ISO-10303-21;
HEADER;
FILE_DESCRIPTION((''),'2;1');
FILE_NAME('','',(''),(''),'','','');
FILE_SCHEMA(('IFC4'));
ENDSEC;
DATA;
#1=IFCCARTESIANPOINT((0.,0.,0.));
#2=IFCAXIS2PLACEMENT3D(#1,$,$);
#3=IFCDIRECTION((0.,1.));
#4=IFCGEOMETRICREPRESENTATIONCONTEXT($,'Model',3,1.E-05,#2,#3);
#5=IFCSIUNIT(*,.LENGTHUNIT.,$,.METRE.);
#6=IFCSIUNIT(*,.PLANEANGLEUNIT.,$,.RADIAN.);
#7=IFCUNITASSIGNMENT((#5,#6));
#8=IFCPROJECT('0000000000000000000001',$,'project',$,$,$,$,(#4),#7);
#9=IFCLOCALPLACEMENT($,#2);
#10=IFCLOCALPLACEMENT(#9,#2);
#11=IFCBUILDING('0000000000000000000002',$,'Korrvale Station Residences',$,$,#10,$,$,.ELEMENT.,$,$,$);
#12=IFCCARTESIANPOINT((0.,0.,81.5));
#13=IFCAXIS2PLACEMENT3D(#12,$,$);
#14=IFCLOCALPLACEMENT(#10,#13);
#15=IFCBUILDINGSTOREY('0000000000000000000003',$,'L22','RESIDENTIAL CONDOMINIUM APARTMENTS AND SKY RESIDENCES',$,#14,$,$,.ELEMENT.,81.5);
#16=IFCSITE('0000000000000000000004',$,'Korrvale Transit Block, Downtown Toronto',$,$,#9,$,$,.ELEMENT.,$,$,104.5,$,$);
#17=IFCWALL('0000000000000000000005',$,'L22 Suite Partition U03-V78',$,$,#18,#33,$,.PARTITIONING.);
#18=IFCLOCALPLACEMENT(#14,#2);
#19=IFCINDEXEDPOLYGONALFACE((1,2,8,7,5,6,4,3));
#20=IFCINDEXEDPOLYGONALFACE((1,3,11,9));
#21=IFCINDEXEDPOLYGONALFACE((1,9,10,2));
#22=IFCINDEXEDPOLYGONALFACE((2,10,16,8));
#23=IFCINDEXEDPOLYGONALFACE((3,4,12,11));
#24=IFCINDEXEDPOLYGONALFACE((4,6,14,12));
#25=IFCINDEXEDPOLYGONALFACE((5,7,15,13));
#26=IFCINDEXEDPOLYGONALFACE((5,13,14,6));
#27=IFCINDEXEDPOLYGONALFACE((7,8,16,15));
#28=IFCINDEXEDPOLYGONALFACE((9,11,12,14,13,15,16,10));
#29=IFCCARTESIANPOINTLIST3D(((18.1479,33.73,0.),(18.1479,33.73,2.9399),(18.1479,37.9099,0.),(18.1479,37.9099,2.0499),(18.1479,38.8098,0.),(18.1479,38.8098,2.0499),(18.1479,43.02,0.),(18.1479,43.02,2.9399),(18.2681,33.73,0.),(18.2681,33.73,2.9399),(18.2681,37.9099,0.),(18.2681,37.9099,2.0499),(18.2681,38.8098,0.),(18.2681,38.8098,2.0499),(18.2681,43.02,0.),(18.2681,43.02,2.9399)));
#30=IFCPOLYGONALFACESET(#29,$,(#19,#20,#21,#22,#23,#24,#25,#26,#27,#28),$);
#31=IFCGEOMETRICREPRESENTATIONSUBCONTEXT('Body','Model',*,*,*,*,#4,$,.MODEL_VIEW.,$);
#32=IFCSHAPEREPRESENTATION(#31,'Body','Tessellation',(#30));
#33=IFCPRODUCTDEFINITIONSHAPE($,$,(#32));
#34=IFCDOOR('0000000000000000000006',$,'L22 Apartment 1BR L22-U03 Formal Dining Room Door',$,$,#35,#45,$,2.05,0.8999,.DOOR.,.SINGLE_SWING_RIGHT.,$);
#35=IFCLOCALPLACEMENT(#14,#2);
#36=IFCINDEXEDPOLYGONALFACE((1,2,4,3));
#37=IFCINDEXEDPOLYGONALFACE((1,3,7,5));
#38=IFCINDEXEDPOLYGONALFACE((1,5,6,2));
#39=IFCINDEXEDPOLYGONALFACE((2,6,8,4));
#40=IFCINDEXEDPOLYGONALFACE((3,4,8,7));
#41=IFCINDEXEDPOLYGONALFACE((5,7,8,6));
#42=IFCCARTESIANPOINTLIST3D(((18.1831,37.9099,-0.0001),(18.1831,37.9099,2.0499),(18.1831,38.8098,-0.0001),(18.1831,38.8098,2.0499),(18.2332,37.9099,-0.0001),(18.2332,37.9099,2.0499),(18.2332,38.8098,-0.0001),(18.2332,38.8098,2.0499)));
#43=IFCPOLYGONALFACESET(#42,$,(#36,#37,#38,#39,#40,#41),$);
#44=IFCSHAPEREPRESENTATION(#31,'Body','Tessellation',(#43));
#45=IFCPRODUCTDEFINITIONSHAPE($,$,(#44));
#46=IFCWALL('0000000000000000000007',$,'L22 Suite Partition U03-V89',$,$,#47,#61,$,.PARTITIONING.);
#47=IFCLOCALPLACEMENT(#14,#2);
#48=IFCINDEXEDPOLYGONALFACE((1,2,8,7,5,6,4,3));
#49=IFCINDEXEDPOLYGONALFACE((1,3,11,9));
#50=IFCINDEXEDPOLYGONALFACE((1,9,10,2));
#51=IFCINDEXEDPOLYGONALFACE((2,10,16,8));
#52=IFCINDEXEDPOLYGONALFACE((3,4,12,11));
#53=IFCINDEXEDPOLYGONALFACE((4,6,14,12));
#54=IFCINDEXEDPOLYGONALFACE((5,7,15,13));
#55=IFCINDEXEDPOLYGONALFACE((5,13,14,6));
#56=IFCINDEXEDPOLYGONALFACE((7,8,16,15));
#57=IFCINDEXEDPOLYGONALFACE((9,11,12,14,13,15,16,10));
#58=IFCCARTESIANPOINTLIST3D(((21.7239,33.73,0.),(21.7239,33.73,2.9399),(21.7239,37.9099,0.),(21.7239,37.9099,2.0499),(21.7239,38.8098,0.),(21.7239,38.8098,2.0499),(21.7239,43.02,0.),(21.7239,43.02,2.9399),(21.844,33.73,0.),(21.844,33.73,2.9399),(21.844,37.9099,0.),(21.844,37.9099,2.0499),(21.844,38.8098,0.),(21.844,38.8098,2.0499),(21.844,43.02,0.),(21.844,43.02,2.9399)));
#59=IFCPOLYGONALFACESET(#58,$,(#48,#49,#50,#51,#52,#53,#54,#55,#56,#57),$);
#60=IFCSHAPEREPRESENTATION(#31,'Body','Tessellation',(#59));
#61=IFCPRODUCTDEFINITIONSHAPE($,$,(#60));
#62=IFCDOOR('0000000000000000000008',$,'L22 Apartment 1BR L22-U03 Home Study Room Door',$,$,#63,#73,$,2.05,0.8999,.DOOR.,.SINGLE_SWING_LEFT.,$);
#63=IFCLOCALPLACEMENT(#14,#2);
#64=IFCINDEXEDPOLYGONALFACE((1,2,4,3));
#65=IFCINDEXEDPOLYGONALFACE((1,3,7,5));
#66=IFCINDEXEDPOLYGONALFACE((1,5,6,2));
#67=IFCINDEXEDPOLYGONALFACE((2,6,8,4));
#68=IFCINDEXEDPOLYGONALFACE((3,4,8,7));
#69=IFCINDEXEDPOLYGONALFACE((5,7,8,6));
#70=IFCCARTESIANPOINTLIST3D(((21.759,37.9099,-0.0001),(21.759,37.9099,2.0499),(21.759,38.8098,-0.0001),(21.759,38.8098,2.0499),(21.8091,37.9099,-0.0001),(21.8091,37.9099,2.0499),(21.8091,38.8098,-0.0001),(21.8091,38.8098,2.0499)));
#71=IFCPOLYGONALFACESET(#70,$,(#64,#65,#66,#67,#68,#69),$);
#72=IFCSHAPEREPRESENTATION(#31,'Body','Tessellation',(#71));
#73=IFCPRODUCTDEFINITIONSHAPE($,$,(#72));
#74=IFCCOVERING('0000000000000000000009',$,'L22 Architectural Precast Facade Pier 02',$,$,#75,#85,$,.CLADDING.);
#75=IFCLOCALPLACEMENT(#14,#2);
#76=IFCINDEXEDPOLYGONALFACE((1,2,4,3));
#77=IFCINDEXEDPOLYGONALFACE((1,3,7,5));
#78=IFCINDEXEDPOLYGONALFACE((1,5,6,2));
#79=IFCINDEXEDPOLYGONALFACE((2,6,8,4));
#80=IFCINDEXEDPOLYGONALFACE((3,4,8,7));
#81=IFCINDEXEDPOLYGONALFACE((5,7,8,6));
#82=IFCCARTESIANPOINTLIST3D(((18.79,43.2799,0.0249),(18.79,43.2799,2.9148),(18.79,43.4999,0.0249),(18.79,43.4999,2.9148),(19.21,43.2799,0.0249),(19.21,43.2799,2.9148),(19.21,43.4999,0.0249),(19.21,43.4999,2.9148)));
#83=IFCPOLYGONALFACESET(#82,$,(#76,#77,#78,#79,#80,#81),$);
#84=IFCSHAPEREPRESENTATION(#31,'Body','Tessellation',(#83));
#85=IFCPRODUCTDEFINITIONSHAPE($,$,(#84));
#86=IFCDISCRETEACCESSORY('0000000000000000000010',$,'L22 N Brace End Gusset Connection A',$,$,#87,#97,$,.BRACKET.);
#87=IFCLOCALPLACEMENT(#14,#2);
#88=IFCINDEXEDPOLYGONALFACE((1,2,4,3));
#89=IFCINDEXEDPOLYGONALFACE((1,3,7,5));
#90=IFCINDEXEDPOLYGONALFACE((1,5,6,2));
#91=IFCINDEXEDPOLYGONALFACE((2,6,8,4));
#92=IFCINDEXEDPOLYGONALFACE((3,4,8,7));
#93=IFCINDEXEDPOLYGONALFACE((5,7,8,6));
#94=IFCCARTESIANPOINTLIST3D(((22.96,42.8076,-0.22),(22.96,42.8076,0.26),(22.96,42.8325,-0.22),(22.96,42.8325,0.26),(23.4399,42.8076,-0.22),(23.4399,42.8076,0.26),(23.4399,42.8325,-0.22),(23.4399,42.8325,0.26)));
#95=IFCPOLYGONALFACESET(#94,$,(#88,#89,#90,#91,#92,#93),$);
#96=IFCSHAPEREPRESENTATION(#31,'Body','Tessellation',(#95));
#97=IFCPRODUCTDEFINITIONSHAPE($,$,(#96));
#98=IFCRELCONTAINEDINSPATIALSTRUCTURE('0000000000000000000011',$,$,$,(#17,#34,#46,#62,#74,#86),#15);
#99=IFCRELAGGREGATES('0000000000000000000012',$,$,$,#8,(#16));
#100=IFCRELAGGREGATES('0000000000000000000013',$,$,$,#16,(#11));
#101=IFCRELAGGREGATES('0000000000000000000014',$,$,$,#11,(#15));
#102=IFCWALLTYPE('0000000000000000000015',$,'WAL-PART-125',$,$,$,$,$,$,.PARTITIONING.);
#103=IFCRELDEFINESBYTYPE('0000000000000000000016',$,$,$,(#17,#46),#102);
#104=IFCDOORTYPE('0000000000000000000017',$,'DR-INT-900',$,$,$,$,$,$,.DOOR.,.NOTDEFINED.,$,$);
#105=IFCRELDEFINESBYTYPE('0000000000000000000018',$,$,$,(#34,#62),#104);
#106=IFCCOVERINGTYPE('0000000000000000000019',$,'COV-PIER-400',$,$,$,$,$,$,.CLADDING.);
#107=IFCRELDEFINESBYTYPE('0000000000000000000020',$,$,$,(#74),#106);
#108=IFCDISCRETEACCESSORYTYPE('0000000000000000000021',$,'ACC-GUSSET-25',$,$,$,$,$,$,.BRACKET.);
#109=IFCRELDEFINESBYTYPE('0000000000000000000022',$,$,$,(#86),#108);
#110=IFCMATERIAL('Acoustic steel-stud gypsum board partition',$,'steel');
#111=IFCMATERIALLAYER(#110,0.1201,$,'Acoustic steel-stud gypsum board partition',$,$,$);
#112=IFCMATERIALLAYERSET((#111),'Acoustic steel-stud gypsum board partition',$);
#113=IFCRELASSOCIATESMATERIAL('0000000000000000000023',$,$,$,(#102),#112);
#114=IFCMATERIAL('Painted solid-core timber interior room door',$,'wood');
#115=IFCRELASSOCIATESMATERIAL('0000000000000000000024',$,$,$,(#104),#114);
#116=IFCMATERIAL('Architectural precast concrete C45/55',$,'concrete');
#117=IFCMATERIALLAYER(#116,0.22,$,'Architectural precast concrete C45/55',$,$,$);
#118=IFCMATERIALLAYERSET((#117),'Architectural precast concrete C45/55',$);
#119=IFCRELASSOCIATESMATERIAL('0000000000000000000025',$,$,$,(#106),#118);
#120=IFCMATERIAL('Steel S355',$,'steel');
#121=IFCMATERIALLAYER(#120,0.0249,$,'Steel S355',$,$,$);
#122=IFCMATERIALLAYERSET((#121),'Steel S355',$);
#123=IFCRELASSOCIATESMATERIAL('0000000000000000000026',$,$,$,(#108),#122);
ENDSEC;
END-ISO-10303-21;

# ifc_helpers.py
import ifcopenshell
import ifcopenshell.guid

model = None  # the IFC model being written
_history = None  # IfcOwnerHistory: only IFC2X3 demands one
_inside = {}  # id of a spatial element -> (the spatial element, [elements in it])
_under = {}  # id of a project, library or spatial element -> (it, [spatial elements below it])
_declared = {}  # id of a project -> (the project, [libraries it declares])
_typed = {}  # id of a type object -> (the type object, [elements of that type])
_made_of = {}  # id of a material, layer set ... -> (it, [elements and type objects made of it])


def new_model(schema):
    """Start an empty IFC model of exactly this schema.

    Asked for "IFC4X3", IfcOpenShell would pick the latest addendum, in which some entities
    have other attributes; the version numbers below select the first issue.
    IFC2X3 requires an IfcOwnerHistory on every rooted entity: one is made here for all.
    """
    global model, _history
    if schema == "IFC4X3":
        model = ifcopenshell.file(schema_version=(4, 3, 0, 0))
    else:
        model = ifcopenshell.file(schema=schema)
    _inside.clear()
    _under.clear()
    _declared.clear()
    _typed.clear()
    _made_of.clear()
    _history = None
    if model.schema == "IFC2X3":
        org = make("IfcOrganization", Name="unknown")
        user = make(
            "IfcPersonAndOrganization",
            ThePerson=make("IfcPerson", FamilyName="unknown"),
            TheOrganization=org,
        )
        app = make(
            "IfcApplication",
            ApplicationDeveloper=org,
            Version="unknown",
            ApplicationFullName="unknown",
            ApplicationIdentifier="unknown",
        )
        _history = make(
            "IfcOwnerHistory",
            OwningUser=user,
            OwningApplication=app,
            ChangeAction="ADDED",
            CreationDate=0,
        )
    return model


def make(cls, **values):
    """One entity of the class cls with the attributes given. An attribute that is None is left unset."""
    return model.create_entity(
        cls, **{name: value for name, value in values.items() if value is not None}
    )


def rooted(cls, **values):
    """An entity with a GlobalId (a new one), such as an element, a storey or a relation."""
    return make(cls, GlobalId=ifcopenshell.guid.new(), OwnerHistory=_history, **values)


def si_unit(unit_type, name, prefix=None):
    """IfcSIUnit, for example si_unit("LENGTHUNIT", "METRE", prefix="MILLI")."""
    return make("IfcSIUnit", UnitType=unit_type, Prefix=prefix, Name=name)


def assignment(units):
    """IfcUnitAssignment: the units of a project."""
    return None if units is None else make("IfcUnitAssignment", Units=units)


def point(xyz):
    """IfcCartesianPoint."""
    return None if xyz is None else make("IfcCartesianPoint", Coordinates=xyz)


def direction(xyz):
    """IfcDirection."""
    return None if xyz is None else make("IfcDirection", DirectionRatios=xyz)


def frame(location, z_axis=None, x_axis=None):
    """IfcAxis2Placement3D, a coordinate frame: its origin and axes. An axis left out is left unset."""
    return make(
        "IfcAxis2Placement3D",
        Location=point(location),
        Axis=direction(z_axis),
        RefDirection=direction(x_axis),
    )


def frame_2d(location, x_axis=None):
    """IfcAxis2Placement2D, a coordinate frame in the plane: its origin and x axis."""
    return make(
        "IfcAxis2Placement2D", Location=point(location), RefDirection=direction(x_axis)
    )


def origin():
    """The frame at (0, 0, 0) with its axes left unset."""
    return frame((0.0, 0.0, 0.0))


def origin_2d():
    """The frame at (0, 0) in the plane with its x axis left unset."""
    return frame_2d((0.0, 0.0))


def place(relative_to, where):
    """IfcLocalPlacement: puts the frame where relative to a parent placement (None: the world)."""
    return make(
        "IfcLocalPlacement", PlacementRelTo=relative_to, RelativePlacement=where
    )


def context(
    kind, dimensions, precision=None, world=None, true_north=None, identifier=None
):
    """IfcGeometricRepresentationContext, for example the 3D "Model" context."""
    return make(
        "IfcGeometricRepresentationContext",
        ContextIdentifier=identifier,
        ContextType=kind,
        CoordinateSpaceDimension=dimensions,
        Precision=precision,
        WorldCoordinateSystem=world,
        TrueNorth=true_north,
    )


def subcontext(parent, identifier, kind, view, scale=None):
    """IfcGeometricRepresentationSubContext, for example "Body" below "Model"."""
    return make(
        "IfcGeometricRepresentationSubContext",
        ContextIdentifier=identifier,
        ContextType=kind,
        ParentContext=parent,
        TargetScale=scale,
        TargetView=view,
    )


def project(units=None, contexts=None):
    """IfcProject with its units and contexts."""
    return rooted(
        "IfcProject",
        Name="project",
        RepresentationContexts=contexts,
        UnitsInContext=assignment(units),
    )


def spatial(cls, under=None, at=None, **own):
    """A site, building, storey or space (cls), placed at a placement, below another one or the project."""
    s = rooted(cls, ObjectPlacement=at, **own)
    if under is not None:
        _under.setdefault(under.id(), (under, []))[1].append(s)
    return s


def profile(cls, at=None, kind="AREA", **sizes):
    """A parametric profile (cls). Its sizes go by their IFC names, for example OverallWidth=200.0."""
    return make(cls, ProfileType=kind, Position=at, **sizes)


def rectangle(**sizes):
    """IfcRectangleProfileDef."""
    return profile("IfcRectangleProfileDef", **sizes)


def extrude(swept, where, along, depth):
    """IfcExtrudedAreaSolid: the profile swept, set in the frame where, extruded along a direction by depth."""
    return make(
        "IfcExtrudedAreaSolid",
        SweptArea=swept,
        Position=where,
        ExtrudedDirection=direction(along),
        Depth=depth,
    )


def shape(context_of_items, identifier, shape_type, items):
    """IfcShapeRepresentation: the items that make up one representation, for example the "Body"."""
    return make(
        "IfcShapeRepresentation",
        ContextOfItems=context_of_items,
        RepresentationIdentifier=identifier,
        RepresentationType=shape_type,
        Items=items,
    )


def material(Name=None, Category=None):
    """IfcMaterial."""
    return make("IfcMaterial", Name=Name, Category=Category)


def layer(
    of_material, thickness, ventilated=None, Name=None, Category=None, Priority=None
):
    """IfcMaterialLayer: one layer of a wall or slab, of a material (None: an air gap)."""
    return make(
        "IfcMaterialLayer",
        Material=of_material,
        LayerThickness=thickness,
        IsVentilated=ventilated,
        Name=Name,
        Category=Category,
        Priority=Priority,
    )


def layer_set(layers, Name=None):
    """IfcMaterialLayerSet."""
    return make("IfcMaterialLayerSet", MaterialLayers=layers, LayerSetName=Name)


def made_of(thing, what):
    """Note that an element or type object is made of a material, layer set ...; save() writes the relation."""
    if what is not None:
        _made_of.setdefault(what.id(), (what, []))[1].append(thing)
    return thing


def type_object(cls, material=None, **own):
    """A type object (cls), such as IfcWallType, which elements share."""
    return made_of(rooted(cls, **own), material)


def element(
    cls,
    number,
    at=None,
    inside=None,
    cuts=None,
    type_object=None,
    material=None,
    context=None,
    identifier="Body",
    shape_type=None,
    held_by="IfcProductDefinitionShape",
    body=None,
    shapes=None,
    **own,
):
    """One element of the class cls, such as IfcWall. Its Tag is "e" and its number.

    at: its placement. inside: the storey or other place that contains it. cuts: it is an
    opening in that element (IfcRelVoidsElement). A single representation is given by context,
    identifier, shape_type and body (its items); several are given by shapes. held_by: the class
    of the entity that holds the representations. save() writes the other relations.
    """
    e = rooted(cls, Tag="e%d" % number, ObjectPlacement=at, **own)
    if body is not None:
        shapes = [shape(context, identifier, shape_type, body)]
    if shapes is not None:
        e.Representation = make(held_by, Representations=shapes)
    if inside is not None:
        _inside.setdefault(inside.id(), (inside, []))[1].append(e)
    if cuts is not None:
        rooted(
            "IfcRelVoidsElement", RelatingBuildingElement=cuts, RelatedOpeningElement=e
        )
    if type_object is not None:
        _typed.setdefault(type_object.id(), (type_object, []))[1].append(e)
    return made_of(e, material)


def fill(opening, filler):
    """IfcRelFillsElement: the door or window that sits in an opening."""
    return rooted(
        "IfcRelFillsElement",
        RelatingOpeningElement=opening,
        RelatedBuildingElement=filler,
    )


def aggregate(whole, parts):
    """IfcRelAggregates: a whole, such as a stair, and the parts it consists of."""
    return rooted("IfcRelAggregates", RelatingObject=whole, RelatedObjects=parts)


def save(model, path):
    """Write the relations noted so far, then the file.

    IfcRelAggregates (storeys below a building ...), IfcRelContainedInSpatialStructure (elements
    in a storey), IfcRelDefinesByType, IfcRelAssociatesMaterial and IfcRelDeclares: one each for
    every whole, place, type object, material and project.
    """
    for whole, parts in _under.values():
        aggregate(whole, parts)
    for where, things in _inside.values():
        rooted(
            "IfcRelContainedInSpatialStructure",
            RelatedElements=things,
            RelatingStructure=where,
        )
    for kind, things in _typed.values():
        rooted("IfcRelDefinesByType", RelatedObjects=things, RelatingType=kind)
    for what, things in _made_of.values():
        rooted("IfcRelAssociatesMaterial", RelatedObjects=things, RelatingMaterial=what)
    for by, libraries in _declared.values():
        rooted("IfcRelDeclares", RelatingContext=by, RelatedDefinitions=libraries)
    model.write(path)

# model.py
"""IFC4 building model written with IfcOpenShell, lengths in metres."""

from ifc_helpers import new_model, si_unit, direction, frame, frame_2d, origin, origin_2d, place, context, subcontext, project, spatial, rectangle, extrude, material, layer, layer_set, type_object, element, fill, save


model = new_model("IFC4")

# Units and contexts
model_context = context("Model", 3, precision=1e-05, world=origin(), true_north=direction((0.0, 1.0)))
body_context = subcontext(model_context, "Body", "Model", "MODEL_VIEW")
ifc_project = project(units=[si_unit("LENGTHUNIT", "METRE"), si_unit("PLANEANGLEUNIT", "RADIAN")], contexts=[model_context])

# Site, building, storey
site_placement = place(None, origin())
site = spatial("IfcSite", under=ifc_project, at=site_placement, Name="Korrvale Transit Block, Downtown Toronto", CompositionType="ELEMENT", RefElevation=104.5)
building_placement = place(site_placement, origin())
building = spatial("IfcBuilding", under=site, at=building_placement, Name="Korrvale Station Residences", CompositionType="ELEMENT")
storey_placement = place(building_placement, frame((0.0, 0.0, 81.5)))
storey = spatial("IfcBuildingStorey", under=building, at=storey_placement, Name="L22", Description="RESIDENTIAL CONDOMINIUM APARTMENTS AND SKY RESIDENCES", CompositionType="ELEMENT", Elevation=81.5)

# Shared definitions
ifc_material_1 = material(Name="Steel S355", Category="steel")

# Walls, openings, doors
ifc_material_2 = material(Name="Acoustic steel-stud gypsum board partition", Category="steel")
ifc_layer_1 = layer(ifc_material_2, 0.1201, Name="Acoustic steel-stud gypsum board partition")
ifc_layer_set_1 = layer_set([ifc_layer_1], Name="Acoustic steel-stud gypsum board partition")
wall_type = type_object("IfcWallType", Name="WAL-PART-125", PredefinedType="PARTITIONING", material=ifc_layer_set_1)
wall_1_placement = place(storey_placement, frame((18.208, 33.73, 0.0), z_axis=(0.0, 0.0, 1.0), x_axis=(0.0, 1.0, 0.0)))
wall_1 = element("IfcWall", 1, at=wall_1_placement, inside=storey, type_object=wall_type, Name="L22 Suite Partition U03-V78", PredefinedType="PARTITIONING", context=body_context, shape_type="SweptSolid", body=[
    extrude(rectangle(XDim=9.29, YDim=0.1201, at=frame_2d((4.645, 0.0))), origin(), (0.0, 0.0, 1.0), 2.9399),
])
opening_1_placement = place(wall_1_placement, frame((4.1799, 0.0, 0.0)))
opening_1 = element("IfcOpeningElement", 2, at=opening_1_placement, cuts=wall_1, PredefinedType="OPENING", context=body_context, shape_type="SweptSolid", body=[
    extrude(rectangle(XDim=0.8999, YDim=2.05, at=frame_2d((0.45, 1.0249))), frame((0.0, 0.0701, 0.0), z_axis=(0.0, -1.0, 0.0), x_axis=(1.0, 0.0, 0.0)), (0.0, 0.0, 1.0), 0.1401),
])
ifc_material_3 = material(Name="Painted solid-core timber interior room door", Category="wood")
door_type = type_object("IfcDoorType", Name="DR-INT-900", OperationType="NOTDEFINED", PredefinedType="DOOR", material=ifc_material_3)
door_1_placement = place(opening_1_placement, origin())
door_1 = element("IfcDoor", 3, at=door_1_placement, inside=storey, type_object=door_type, Name="L22 Apartment 1BR L22-U03 Formal Dining Room Door", OperationType="SINGLE_SWING_RIGHT", OverallHeight=2.05, OverallWidth=0.8999, PredefinedType="DOOR", context=body_context, shape_type="SweptSolid", body=[
    extrude(rectangle(XDim=0.8999, YDim=2.05, at=frame_2d((0.45, 1.0249))), frame((0.0, 0.0249, 0.0), z_axis=(0.0, -1.0, 0.0), x_axis=(1.0, 0.0, 0.0)), (0.0, 0.0, 1.0), 0.05),
])
fill(opening_1, door_1)
wall_2_placement = place(storey_placement, frame((21.7839, 33.73, 0.0), z_axis=(0.0, 0.0, 1.0), x_axis=(0.0, 1.0, 0.0)))
wall_2 = element("IfcWall", 4, at=wall_2_placement, inside=storey, type_object=wall_type, Name="L22 Suite Partition U03-V89", PredefinedType="PARTITIONING", context=body_context, shape_type="SweptSolid", body=[
    extrude(rectangle(XDim=9.29, YDim=0.1201, at=frame_2d((4.645, 0.0))), origin(), (0.0, 0.0, 1.0), 2.9399),
])
opening_2_placement = place(wall_2_placement, frame((4.1799, 0.0, 0.0)))
opening_2 = element("IfcOpeningElement", 5, at=opening_2_placement, cuts=wall_2, PredefinedType="OPENING", context=body_context, shape_type="SweptSolid", body=[
    extrude(rectangle(XDim=0.8999, YDim=2.05, at=frame_2d((0.45, 1.0249))), frame((0.0, 0.0701, 0.0), z_axis=(0.0, -1.0, 0.0), x_axis=(1.0, 0.0, 0.0)), (0.0, 0.0, 1.0), 0.1401),
])
door_2_placement = place(opening_2_placement, origin())
door_2 = element("IfcDoor", 6, at=door_2_placement, inside=storey, type_object=door_type, Name="L22 Apartment 1BR L22-U03 Home Study Room Door", OperationType="SINGLE_SWING_LEFT", OverallHeight=2.05, OverallWidth=0.8999, PredefinedType="DOOR", context=body_context, shape_type="SweptSolid", body=[
    extrude(rectangle(XDim=0.8999, YDim=2.05, at=frame_2d((0.45, 1.0249))), frame((0.0, 0.0249, 0.0), z_axis=(0.0, -1.0, 0.0), x_axis=(1.0, 0.0, 0.0)), (0.0, 0.0, 1.0), 0.05),
])
fill(opening_2, door_2)

# Covering
ifc_material_4 = material(Name="Architectural precast concrete C45/55", Category="concrete")
ifc_layer_2 = layer(ifc_material_4, 0.22, Name="Architectural precast concrete C45/55")
ifc_layer_set_2 = layer_set([ifc_layer_2], Name="Architectural precast concrete C45/55")
covering_type = type_object("IfcCoveringType", Name="COV-PIER-400", PredefinedType="CLADDING", material=ifc_layer_set_2)
covering_placement = place(storey_placement, frame((19.0, 43.3899, 0.0249), z_axis=(0.0, 0.0, 1.0), x_axis=(1.0, 0.0, 0.0)))
element("IfcCovering", 7, at=covering_placement, inside=storey, type_object=covering_type, Name="L22 Architectural Precast Facade Pier 02", PredefinedType="CLADDING", context=body_context, shape_type="SweptSolid", body=[
    extrude(rectangle(XDim=0.4199, YDim=0.22, at=origin_2d()), origin(), (0.0, 0.0, 1.0), 2.8899),
])

# Discrete accessory
ifc_layer_3 = layer(ifc_material_1, 0.0249, Name="Steel S355")
ifc_layer_set_3 = layer_set([ifc_layer_3], Name="Steel S355")
discrete_accessory_type = type_object("IfcDiscreteAccessoryType", Name="ACC-GUSSET-25", PredefinedType="BRACKET", material=ifc_layer_set_3)
discrete_accessory_placement = place(storey_placement, frame((23.2, 42.8201, -0.22), z_axis=(0.0, 0.0, 1.0), x_axis=(1.0, 0.0, 0.0)))
element("IfcDiscreteAccessory", 8, at=discrete_accessory_placement, inside=storey, type_object=discrete_accessory_type, Name="L22 N Brace End Gusset Connection A", PredefinedType="BRACKET", context=body_context, shape_type="SweptSolid", body=[
    extrude(rectangle(XDim=0.48, YDim=0.0249, at=origin_2d()), origin(), (0.0, 0.0, 1.0), 0.48),
])

save(model, "model.ifc")
